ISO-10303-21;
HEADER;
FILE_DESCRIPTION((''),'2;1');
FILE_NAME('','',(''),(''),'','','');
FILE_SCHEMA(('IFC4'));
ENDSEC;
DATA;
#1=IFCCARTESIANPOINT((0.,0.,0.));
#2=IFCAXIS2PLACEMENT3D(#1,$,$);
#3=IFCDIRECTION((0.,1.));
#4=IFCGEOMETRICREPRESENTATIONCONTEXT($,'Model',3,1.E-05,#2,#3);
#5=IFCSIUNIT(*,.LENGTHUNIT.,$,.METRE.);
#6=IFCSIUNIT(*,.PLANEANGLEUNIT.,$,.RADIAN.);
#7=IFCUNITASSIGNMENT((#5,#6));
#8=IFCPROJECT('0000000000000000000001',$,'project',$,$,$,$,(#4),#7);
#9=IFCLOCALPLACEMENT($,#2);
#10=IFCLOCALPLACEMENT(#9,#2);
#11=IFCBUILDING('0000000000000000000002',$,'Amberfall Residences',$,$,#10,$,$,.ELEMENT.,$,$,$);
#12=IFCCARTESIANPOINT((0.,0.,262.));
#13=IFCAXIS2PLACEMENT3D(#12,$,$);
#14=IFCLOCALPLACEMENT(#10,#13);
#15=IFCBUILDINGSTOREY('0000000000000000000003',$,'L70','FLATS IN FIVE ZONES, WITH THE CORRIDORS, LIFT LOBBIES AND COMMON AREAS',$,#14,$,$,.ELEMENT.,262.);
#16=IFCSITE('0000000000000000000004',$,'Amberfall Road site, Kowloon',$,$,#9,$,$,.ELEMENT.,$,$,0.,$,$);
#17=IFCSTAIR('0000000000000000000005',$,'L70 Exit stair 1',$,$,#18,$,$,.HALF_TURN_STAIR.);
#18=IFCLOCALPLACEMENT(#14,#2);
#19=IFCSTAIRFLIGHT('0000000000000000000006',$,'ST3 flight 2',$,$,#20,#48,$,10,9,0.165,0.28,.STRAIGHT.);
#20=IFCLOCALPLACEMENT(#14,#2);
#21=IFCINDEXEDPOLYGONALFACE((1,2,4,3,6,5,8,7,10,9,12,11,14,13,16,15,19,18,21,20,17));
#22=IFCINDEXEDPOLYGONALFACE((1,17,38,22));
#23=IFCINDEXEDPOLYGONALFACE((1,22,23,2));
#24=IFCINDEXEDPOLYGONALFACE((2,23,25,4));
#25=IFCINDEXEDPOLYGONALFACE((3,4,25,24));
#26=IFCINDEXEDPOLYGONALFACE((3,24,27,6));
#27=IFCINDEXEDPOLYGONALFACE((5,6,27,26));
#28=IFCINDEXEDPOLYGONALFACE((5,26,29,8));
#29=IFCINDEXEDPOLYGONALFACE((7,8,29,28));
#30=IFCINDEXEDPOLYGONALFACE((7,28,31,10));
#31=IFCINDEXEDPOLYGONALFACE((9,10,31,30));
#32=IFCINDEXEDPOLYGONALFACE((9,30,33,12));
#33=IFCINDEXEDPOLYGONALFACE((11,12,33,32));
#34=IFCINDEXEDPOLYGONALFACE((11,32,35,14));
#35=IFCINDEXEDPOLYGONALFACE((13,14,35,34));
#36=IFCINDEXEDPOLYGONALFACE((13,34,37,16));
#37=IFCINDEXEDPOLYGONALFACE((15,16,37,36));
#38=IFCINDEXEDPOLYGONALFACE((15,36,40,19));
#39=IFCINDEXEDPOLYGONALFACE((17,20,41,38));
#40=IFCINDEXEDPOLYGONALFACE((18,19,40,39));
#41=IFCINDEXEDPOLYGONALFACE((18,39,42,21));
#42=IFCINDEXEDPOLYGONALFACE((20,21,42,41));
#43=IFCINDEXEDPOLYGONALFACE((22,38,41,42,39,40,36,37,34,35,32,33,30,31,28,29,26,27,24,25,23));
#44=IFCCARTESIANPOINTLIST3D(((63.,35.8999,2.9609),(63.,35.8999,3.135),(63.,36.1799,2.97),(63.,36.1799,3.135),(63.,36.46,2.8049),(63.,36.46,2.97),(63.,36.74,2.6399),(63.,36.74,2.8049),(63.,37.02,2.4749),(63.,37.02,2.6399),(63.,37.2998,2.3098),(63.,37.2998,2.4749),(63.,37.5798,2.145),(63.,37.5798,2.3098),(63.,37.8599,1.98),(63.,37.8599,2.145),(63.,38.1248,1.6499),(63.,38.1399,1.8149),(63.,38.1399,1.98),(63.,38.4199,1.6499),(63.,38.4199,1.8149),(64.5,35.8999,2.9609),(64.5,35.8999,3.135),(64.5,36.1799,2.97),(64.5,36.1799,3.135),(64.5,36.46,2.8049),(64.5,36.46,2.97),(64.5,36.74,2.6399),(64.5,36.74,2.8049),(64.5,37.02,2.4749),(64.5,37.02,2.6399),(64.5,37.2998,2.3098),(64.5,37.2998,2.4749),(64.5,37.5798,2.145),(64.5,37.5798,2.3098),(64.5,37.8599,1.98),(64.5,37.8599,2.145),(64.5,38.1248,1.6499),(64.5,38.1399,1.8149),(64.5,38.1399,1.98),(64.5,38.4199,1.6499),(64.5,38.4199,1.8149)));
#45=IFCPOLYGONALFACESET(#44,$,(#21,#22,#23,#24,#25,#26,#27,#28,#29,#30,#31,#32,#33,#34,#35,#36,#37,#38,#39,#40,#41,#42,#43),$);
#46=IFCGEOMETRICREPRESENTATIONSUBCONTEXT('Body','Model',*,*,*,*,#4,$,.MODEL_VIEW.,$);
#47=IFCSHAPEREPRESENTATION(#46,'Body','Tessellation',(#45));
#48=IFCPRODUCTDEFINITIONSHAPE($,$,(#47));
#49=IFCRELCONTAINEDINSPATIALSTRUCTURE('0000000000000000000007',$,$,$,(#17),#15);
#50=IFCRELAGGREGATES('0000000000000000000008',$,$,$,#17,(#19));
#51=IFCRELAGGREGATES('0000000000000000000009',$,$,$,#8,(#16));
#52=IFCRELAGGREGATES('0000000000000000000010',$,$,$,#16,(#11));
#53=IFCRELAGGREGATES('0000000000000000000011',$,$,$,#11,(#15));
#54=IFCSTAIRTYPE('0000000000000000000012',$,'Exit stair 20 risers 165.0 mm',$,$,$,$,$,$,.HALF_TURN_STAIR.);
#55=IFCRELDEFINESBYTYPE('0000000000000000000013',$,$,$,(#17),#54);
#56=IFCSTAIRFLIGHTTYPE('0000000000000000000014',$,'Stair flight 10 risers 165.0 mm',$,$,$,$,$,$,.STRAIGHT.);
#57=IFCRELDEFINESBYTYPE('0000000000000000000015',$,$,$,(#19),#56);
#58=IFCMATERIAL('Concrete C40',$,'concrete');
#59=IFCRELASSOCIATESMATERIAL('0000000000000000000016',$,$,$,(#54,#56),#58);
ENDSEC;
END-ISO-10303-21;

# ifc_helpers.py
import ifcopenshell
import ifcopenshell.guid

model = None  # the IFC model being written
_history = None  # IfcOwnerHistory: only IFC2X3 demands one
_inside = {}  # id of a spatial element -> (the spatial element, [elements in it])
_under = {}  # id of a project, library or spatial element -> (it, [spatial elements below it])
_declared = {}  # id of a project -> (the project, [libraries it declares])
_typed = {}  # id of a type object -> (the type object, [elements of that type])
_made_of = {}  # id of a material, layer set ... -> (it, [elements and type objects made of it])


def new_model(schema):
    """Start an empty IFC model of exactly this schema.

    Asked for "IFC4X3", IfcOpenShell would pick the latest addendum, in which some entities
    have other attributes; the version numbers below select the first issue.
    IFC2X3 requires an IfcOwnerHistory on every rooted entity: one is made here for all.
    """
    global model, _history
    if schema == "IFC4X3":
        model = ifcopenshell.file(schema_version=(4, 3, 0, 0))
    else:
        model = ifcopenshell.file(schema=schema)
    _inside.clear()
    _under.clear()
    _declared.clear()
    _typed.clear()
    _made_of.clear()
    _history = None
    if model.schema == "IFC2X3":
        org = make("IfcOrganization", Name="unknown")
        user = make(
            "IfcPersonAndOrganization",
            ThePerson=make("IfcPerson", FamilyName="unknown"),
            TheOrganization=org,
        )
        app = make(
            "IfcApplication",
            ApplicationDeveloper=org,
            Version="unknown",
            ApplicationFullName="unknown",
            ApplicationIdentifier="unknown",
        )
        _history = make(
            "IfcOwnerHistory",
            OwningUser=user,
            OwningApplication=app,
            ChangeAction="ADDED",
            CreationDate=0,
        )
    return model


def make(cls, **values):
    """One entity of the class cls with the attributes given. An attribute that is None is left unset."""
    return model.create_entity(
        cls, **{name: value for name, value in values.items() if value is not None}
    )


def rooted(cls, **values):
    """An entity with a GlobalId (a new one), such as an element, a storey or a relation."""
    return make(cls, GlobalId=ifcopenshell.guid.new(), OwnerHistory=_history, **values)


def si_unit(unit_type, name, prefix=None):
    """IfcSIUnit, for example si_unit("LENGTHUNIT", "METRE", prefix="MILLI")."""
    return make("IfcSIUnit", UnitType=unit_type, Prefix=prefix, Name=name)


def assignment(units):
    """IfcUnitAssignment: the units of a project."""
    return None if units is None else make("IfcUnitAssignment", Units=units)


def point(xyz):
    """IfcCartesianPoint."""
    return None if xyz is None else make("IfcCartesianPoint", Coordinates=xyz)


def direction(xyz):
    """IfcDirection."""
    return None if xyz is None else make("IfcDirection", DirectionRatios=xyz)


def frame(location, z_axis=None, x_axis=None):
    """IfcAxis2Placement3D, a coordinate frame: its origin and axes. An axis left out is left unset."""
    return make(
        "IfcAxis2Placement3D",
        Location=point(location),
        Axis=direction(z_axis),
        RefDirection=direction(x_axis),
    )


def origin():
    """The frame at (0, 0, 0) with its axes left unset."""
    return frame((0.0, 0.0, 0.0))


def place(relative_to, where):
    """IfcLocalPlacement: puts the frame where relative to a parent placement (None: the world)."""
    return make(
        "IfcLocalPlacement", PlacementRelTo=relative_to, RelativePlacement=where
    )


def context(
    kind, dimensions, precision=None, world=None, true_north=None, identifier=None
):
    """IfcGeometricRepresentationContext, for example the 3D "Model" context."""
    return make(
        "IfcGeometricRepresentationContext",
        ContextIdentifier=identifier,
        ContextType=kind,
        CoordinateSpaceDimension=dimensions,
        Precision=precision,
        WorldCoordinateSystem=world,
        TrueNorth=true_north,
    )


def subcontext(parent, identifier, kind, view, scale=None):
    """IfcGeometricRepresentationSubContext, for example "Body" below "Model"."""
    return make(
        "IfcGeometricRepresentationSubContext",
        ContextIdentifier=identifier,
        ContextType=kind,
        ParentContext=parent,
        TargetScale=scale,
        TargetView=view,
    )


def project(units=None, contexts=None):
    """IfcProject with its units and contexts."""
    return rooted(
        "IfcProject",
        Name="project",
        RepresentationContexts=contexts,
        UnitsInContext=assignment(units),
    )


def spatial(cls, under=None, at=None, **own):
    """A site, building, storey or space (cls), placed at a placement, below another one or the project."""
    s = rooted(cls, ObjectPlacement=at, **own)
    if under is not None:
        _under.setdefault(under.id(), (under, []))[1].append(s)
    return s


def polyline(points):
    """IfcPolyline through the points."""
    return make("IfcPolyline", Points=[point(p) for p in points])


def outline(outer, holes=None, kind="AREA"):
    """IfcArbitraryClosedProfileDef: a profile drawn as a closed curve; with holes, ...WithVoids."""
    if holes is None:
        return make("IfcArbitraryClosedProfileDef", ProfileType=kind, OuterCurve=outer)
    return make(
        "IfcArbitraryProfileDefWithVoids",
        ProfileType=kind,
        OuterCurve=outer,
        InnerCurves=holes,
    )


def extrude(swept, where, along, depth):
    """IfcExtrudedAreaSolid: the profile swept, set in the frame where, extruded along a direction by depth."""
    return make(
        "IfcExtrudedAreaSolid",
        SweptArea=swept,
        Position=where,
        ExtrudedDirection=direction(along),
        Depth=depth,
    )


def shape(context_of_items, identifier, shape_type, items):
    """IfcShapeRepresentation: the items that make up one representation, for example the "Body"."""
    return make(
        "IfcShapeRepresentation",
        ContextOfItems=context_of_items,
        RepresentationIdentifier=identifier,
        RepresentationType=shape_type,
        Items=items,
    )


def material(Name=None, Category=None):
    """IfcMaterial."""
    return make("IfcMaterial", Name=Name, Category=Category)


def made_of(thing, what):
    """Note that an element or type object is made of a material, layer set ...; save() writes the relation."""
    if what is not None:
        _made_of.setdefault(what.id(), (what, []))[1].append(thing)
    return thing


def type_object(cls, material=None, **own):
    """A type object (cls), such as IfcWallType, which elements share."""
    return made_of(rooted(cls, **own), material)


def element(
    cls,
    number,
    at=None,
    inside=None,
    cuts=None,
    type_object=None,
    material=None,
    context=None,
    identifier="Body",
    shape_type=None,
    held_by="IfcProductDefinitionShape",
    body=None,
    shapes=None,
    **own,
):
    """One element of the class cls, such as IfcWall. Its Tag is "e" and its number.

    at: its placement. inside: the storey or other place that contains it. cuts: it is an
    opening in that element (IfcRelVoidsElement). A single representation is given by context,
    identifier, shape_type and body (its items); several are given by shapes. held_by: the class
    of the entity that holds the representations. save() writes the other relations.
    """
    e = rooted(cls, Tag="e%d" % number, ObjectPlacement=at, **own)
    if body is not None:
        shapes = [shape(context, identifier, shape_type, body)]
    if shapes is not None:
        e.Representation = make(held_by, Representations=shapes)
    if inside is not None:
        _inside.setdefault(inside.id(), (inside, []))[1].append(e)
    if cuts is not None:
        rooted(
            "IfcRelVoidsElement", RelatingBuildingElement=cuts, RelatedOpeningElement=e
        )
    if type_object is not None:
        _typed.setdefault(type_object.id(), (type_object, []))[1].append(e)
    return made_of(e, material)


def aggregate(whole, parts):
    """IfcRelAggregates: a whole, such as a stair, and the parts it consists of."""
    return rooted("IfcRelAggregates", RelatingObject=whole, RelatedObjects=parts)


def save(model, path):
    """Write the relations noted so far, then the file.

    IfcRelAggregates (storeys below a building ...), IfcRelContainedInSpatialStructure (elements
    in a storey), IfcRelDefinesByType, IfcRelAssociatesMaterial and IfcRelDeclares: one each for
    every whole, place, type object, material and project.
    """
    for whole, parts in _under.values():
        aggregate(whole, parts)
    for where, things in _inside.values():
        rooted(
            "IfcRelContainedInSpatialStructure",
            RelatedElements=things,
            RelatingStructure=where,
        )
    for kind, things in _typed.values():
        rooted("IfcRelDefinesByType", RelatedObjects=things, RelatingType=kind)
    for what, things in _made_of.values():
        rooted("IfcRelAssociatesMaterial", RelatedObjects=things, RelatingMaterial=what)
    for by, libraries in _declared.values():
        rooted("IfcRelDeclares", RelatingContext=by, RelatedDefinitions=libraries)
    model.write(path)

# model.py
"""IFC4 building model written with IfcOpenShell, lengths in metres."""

from ifc_helpers import new_model, si_unit, direction, frame, origin, place, context, subcontext, project, spatial, polyline, outline, extrude, material, type_object, element, aggregate, save


model = new_model("IFC4")

# Units and contexts
model_context = context("Model", 3, precision=1e-05, world=origin(), true_north=direction((0.0, 1.0)))
body_context = subcontext(model_context, "Body", "Model", "MODEL_VIEW")
ifc_project = project(units=[si_unit("LENGTHUNIT", "METRE"), si_unit("PLANEANGLEUNIT", "RADIAN")], contexts=[model_context])

# Site, building, storey
site_placement = place(None, origin())
site = spatial("IfcSite", under=ifc_project, at=site_placement, Name="Amberfall Road site, Kowloon", CompositionType="ELEMENT", RefElevation=0.0)
building_placement = place(site_placement, origin())
building = spatial("IfcBuilding", under=site, at=building_placement, Name="Amberfall Residences", CompositionType="ELEMENT")
storey_placement = place(building_placement, frame((0.0, 0.0, 262.0)))
storey = spatial("IfcBuildingStorey", under=building, at=storey_placement, Name="L70", Description="FLATS IN FIVE ZONES, WITH THE CORRIDORS, LIFT LOBBIES AND COMMON AREAS", CompositionType="ELEMENT", Elevation=262.0)

# Stair, stair flight
ifc_material_1 = material(Name="Concrete C40", Category="concrete")
stair_type = type_object("IfcStairType", Name="Exit stair 20 risers 165.0 mm", PredefinedType="HALF_TURN_STAIR", material=ifc_material_1)
stair_placement = place(storey_placement, origin())
stair = element("IfcStair", 1, at=stair_placement, inside=storey, type_object=stair_type, Name="L70 Exit stair 1", PredefinedType="HALF_TURN_STAIR")
stair_flight_type = type_object("IfcStairFlightType", Name="Stair flight 10 risers 165.0 mm", PredefinedType="STRAIGHT", material=ifc_material_1)
stair_flight_1_placement = place(storey_placement, frame((63.75, 38.4199, 1.6499), z_axis=(0.0, 0.0, 1.0), x_axis=(0.0, -1.0, 0.0)))
stair_flight_1 = element("IfcStairFlight", 2, at=stair_flight_1_placement, type_object=stair_flight_type, Name="ST3 flight 2", NumberOfRisers=10, NumberOfTreads=9, PredefinedType="STRAIGHT", RiserHeight=0.165, TreadLength=0.28, context=body_context, shape_type="SweptSolid", body=[
    extrude(outline(polyline([(0.0, 0.0), (0.0, 0.165), (0.28, 0.165), (0.28, 0.3301), (0.5601, 0.3301), (0.5601, 0.4951), (0.8401, 0.4951), (0.8401, 0.6599), (1.1201, 0.6599), (1.1201, 0.825), (1.3999, 0.825), (1.3999, 0.99), (1.6799, 0.99), (1.6799, 1.155), (1.96, 1.155), (1.96, 1.3201), (2.24, 1.3201), (2.24, 1.4851), (2.52, 1.4851), (2.52, 1.6499), (2.52, 1.311), (0.2952, 0.0), (0.0, 0.0)])), frame((0.0, 0.75, 0.0), z_axis=(0.0, -1.0, 0.0), x_axis=(1.0, 0.0, 0.0)), (0.0, 0.0, 1.0), 1.5),
])
aggregate(stair, [stair_flight_1])

save(model, "model.ifc")
